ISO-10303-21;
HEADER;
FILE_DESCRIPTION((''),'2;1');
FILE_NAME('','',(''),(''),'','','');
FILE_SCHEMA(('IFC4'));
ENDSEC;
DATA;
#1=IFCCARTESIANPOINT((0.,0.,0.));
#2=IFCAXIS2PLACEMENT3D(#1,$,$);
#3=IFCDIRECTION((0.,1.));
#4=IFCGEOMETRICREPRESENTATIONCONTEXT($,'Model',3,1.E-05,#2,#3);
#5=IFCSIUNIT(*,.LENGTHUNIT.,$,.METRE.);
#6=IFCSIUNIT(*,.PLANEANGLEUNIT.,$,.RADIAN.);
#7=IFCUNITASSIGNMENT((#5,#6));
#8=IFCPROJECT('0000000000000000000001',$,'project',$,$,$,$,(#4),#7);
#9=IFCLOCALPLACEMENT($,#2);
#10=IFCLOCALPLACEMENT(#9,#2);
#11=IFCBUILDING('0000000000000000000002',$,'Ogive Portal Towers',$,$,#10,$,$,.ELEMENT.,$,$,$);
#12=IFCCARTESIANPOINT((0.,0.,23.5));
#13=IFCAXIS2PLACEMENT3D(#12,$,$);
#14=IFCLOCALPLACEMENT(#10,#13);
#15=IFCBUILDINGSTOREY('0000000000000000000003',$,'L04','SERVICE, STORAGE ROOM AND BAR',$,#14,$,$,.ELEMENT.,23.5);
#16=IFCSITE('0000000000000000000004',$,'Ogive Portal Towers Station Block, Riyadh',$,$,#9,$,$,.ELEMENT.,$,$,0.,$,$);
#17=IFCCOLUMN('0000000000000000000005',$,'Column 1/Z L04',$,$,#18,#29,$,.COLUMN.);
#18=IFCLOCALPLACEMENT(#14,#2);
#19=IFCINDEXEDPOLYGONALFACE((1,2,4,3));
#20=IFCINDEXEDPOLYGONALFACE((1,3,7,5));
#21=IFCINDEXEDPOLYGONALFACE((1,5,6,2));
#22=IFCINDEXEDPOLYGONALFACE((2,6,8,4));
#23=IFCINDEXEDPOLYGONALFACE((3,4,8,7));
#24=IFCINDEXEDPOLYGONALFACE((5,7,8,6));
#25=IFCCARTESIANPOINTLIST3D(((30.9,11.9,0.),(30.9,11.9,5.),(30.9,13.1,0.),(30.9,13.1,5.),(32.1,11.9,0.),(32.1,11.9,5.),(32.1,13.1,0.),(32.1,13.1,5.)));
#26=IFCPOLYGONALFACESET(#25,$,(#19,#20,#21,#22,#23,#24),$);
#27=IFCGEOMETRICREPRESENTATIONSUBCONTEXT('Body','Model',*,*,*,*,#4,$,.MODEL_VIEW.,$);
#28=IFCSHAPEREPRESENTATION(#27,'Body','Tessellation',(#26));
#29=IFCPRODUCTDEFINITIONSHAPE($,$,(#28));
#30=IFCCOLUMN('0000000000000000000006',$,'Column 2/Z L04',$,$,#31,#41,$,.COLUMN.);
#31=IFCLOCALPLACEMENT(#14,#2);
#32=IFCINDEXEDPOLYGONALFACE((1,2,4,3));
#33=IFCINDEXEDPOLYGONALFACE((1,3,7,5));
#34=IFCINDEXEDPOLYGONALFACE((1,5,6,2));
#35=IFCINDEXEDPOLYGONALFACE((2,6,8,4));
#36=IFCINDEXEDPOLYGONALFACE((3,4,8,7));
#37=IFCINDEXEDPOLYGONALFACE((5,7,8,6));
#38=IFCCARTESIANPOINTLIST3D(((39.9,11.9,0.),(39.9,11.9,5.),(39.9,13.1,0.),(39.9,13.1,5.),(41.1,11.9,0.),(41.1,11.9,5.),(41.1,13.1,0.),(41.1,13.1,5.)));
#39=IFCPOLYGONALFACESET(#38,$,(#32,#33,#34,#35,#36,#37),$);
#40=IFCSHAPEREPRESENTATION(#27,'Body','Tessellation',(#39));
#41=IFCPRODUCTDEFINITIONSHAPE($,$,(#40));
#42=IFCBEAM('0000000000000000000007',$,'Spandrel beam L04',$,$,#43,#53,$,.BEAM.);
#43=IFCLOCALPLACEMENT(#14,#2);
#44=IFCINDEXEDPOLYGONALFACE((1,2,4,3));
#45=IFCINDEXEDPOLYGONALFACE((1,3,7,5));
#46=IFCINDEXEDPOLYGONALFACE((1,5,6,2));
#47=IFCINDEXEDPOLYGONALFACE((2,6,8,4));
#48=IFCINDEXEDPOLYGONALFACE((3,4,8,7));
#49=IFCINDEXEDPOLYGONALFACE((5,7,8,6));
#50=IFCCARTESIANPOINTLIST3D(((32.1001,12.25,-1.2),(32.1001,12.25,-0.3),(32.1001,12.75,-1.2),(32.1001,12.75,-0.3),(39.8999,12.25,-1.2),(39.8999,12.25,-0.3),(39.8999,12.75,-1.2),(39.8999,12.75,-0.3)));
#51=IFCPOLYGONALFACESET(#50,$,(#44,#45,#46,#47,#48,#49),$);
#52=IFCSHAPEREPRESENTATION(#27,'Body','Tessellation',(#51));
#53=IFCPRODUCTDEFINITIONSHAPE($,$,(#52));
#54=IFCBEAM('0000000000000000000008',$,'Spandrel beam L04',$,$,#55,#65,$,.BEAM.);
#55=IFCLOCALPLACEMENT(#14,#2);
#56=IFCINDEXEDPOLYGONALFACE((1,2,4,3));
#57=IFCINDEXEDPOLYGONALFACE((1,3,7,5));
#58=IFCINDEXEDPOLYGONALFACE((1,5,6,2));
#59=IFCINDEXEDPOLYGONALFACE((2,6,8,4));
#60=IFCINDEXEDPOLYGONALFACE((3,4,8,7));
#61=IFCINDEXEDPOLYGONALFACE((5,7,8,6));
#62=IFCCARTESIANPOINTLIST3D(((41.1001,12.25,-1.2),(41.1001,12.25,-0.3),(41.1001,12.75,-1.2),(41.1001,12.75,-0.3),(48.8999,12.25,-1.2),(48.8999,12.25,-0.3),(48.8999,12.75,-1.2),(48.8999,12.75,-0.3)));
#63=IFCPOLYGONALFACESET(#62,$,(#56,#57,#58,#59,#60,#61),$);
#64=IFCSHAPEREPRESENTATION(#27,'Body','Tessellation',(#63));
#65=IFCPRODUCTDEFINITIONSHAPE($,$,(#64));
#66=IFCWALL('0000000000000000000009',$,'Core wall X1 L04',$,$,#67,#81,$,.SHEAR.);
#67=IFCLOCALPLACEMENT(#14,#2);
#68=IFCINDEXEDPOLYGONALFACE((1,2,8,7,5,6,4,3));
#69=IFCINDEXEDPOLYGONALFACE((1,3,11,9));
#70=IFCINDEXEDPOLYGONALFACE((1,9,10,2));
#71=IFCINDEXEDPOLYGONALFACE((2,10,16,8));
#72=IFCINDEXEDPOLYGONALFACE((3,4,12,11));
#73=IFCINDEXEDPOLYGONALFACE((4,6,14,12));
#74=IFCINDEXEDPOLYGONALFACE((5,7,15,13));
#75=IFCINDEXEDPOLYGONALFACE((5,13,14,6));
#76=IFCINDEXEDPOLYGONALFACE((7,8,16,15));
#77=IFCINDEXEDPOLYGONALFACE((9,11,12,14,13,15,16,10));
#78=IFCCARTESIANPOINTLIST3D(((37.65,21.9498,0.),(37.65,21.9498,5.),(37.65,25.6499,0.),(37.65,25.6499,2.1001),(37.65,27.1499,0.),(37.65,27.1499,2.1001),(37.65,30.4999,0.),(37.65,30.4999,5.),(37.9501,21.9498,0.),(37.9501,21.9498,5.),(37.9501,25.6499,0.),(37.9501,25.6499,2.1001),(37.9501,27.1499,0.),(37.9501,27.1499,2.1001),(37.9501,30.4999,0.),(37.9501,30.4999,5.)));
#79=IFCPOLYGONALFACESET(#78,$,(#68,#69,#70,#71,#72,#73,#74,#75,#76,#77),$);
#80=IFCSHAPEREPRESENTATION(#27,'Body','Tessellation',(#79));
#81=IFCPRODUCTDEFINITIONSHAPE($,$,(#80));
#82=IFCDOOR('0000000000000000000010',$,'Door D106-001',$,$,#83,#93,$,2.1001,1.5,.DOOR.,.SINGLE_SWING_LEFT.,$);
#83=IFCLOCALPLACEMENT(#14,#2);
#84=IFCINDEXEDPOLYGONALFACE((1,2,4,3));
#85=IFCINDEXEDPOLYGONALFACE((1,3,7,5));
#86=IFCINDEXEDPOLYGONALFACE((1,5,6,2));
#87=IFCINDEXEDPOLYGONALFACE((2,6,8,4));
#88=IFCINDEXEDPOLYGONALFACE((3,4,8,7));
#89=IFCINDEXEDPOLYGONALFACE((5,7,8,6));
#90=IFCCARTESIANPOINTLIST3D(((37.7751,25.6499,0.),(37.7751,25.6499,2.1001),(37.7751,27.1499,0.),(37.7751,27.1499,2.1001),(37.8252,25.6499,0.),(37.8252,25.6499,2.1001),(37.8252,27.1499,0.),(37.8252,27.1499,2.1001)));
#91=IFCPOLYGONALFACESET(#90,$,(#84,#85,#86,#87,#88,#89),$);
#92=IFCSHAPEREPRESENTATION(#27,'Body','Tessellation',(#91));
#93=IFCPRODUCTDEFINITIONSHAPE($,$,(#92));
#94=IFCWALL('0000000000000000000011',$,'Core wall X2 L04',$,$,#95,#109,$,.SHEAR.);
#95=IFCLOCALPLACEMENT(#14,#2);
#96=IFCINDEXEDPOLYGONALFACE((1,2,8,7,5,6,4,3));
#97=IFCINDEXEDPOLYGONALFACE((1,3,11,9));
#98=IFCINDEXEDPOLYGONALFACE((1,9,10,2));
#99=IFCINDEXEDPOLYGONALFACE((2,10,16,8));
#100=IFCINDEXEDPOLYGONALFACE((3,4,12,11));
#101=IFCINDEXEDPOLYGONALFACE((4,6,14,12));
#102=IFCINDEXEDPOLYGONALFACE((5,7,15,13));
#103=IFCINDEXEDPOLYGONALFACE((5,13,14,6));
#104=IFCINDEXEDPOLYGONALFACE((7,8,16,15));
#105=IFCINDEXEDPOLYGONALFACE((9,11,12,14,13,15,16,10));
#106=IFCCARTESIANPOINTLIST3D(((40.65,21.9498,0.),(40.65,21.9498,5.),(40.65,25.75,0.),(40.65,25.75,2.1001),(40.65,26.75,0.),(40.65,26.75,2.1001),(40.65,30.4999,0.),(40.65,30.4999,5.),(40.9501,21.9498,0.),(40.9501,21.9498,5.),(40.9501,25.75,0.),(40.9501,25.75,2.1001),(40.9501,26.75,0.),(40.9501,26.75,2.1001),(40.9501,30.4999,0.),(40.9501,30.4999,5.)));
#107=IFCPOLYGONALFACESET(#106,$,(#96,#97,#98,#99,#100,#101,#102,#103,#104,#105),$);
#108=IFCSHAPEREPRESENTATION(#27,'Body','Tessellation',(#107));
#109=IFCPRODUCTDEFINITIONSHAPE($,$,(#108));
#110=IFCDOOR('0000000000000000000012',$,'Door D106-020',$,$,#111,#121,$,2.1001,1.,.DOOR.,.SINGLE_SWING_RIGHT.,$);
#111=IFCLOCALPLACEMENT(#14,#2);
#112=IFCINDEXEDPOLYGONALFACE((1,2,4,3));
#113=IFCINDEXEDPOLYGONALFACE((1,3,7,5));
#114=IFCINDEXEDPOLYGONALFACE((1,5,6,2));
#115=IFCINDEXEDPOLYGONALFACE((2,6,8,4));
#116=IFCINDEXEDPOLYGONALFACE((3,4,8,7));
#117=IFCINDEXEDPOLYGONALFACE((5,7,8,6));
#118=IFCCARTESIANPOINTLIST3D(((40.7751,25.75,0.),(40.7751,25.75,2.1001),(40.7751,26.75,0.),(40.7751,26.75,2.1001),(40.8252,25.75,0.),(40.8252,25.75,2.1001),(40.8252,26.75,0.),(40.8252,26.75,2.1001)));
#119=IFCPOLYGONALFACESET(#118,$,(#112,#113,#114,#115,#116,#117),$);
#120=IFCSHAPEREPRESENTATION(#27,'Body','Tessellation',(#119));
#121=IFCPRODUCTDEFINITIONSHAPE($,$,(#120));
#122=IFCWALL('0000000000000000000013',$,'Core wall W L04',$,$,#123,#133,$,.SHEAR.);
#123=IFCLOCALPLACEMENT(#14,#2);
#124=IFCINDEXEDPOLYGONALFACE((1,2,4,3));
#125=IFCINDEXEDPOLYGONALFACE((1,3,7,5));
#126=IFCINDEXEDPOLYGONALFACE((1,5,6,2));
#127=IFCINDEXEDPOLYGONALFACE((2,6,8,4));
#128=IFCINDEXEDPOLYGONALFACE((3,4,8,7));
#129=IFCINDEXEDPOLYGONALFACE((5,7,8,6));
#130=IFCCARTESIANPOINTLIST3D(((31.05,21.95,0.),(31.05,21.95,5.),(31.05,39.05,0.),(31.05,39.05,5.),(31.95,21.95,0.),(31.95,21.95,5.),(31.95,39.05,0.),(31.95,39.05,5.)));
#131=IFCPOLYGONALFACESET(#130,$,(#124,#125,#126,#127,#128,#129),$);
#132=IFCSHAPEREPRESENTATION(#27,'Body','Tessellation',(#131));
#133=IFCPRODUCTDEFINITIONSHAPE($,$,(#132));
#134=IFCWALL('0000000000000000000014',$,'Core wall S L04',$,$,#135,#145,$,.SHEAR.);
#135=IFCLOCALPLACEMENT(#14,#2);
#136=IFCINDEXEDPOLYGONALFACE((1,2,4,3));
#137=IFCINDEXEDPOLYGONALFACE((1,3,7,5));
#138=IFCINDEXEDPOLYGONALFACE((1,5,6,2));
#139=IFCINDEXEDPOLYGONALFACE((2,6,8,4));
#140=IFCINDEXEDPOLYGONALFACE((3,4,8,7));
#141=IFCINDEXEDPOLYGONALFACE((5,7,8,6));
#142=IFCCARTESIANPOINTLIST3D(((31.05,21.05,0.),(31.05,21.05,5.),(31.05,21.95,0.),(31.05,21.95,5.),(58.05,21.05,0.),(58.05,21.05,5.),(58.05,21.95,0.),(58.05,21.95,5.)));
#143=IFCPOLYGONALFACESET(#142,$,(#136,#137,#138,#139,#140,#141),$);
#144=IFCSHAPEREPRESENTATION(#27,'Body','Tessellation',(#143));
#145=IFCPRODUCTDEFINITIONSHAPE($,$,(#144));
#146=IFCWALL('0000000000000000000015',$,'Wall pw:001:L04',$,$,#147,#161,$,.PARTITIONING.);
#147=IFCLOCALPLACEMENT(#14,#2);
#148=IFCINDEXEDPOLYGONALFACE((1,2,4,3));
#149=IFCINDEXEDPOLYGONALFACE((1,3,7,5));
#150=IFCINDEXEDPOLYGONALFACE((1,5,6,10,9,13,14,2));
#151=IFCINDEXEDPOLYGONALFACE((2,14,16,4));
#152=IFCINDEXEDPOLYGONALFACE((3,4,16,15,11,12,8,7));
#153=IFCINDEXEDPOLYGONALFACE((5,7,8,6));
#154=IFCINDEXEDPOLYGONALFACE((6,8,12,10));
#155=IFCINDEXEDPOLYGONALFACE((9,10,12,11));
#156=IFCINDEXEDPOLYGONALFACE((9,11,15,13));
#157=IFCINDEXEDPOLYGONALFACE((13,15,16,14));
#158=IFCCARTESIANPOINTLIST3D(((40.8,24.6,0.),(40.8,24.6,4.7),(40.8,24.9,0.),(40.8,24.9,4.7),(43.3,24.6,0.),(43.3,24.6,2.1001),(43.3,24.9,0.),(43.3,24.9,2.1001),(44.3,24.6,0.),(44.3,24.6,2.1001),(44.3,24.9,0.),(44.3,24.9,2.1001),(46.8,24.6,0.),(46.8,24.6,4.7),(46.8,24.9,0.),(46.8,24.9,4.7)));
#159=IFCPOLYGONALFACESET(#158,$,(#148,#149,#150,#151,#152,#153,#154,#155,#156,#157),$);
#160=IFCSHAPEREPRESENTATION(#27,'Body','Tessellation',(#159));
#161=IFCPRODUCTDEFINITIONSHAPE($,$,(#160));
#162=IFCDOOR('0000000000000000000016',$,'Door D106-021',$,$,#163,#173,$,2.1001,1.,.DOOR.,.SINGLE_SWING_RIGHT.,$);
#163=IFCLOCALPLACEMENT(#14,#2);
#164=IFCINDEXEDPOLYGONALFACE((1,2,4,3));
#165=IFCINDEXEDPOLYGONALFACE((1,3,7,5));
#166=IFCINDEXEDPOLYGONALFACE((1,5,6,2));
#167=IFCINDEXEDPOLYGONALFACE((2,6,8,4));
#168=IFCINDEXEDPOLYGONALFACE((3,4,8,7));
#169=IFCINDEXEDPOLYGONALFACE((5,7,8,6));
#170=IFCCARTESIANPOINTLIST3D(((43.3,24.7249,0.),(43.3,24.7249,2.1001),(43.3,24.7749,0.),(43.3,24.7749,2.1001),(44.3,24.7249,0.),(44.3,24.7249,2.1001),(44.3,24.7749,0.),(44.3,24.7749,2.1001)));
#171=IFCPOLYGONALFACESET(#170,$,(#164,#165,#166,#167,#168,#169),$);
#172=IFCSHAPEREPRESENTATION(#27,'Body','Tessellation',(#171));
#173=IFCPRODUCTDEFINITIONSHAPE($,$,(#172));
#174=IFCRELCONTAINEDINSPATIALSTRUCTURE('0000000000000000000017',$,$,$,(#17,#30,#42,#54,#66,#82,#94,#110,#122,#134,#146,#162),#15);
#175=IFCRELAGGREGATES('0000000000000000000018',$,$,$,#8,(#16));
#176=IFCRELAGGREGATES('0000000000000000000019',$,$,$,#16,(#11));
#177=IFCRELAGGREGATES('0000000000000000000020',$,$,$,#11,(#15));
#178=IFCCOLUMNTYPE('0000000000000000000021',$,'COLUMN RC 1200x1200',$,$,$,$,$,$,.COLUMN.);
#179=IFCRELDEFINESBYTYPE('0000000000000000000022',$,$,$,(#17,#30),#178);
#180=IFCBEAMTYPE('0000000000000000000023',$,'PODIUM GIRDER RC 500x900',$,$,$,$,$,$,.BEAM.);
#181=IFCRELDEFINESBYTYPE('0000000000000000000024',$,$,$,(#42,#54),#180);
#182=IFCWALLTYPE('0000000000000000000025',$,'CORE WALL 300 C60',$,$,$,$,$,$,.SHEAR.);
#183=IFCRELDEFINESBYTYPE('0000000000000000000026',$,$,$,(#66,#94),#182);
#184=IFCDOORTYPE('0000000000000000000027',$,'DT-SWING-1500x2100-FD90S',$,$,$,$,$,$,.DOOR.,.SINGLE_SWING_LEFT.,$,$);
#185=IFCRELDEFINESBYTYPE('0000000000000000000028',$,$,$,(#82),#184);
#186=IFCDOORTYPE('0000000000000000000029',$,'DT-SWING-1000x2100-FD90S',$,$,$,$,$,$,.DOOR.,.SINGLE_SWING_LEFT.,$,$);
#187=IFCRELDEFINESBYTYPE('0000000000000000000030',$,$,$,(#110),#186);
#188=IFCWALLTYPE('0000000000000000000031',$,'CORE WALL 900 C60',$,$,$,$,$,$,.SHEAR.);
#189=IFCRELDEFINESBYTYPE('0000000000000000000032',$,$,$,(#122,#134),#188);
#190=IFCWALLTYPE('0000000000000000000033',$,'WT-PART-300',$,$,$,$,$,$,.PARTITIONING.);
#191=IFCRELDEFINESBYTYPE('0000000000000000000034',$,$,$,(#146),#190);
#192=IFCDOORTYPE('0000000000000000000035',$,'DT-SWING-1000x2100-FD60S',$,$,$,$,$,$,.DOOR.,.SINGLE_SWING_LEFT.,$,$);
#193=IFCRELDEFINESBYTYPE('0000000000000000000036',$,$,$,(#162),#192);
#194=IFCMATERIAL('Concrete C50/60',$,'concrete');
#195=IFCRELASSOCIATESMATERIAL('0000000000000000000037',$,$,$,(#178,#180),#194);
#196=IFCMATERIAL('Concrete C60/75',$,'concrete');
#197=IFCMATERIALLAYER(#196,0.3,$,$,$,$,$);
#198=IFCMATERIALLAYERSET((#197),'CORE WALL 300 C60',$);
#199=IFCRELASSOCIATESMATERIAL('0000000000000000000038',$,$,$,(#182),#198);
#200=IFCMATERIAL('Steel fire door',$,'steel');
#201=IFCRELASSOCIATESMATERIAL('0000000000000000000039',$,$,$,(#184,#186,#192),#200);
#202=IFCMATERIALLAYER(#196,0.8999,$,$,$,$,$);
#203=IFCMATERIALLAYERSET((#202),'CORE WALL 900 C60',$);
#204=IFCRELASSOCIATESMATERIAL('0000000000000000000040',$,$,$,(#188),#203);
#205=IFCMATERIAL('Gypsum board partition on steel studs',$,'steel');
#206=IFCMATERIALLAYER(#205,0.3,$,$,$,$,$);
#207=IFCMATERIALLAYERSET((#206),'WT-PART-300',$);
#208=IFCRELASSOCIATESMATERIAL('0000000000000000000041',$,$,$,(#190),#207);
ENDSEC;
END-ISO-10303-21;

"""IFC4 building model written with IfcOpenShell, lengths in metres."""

from ifc_helpers import new_model, si_unit, direction, frame, frame_2d, origin, origin_2d, place, context, subcontext, project, spatial, rectangle, extrude, material, layer, layer_set, material_profile, profile_set, type_object, element, fill, save


model = new_model("IFC4")

# Units and contexts
model_context = context("Model", 3, precision=1e-05, world=origin(), true_north=direction((0.0, 1.0)))
body_context = subcontext(model_context, "Body", "Model", "MODEL_VIEW")
ifc_project = project(units=[si_unit("LENGTHUNIT", "METRE"), si_unit("PLANEANGLEUNIT", "RADIAN")], contexts=[model_context])

# Site, building, storey
site_placement = place(None, origin())
site = spatial("IfcSite", under=ifc_project, at=site_placement, Name="Ogive Portal Towers Station Block, Riyadh", CompositionType="ELEMENT", RefElevation=0.0)
building_placement = place(site_placement, origin())
building = spatial("IfcBuilding", under=site, at=building_placement, Name="Ogive Portal Towers", CompositionType="ELEMENT")
storey_placement = place(building_placement, frame((0.0, 0.0, 23.5)))
storey = spatial("IfcBuildingStorey", under=building, at=storey_placement, Name="L04", Description="SERVICE, STORAGE ROOM AND BAR", CompositionType="ELEMENT", Elevation=23.5)

# Columns
ifc_material_1 = material(Name="Concrete C50/60", Category="concrete")
ifc_material_profile_1 = material_profile(ifc_material_1, rectangle(XDim=1.2, YDim=1.2, at=origin_2d()), Name="RC 1200x1200")
ifc_profile_set_1 = profile_set([ifc_material_profile_1], Name="Concrete C50/60")
column_type = type_object("IfcColumnType", Name="COLUMN RC 1200x1200", PredefinedType="COLUMN", material=ifc_profile_set_1)
for number, where, z_axis, x_axis, name in (
    (1, (31.5, 12.5, 0.0), (0.0, 0.0, 1.0), (1.0, 0.0, 0.0), "Column 1/Z L04"),
    (2, (40.5, 12.5, 0.0), (0.0, 0.0, 1.0), (1.0, 0.0, 0.0), "Column 2/Z L04"),
):
    element("IfcColumn", number, at=place(storey_placement, frame(where, z_axis=z_axis, x_axis=x_axis)), inside=storey, type_object=column_type, Name=name, PredefinedType="COLUMN", context=body_context, shape_type="SweptSolid", body=[
        extrude(rectangle(XDim=1.2, YDim=1.2, at=origin_2d()), origin(), (0.0, 0.0, 1.0), 5.0),
    ])

# Beams
ifc_material_profile_2 = material_profile(ifc_material_1, rectangle(XDim=0.5, YDim=0.8999, at=origin_2d()), Name="RC 500x900")
ifc_profile_set_2 = profile_set([ifc_material_profile_2], Name="Concrete C50/60")
beam_type = type_object("IfcBeamType", Name="PODIUM GIRDER RC 500x900", PredefinedType="BEAM", material=ifc_profile_set_2)
for number, where, z_axis, x_axis, name in (
    (3, (32.1001, 12.5, -0.75), (1.0, 0.0, 0.0), (0.0, 1.0, 0.0), "Spandrel beam L04"),
    (4, (41.1001, 12.5, -0.75), (1.0, 0.0, 0.0), (0.0, 1.0, 0.0), "Spandrel beam L04"),
):
    element("IfcBeam", number, at=place(storey_placement, frame(where, z_axis=z_axis, x_axis=x_axis)), inside=storey, type_object=beam_type, Name=name, PredefinedType="BEAM", context=body_context, shape_type="SweptSolid", body=[
        extrude(rectangle(XDim=0.5, YDim=0.8999, at=origin_2d()), origin(), (0.0, 0.0, 1.0), 7.7998),
    ])

# Walls, openings, doors
ifc_material_2 = material(Name="Concrete C60/75", Category="concrete")
ifc_layer_1 = layer(ifc_material_2, 0.3)
ifc_layer_set_1 = layer_set([ifc_layer_1], Name="CORE WALL 300 C60")
wall_type_1 = type_object("IfcWallType", Name="CORE WALL 300 C60", PredefinedType="SHEAR", material=ifc_layer_set_1)
wall_1_placement = place(storey_placement, frame((37.8, 21.95, 0.0), z_axis=(0.0, 0.0, 1.0), x_axis=(0.0, 1.0, 0.0)))
wall_1 = element("IfcWall", 5, at=wall_1_placement, inside=storey, type_object=wall_type_1, Name="Core wall X1 L04", PredefinedType="SHEAR", context=body_context, shape_type="SweptSolid", body=[
    extrude(rectangle(XDim=8.55, YDim=0.3, at=frame_2d((4.2749, 0.0))), origin(), (0.0, 0.0, 1.0), 5.0),
])
opening_1_placement = place(wall_1_placement, frame((3.7, 0.0, 0.0)))
opening_1 = element("IfcOpeningElement", 6, at=opening_1_placement, cuts=wall_1, PredefinedType="OPENING", context=body_context, shape_type="SweptSolid", body=[
    extrude(rectangle(XDim=1.5, YDim=2.1001, at=frame_2d((0.75, 1.05))), frame((0.0, 0.1602, 0.0), z_axis=(0.0, -1.0, 0.0), x_axis=(1.0, 0.0, 0.0)), (0.0, 0.0, 1.0), 0.3201),
])
ifc_material_3 = material(Name="Steel fire door", Category="steel")
door_type_1 = type_object("IfcDoorType", Name="DT-SWING-1500x2100-FD90S", OperationType="SINGLE_SWING_LEFT", PredefinedType="DOOR", material=ifc_material_3)
door_1_placement = place(opening_1_placement, origin())
door_1 = element("IfcDoor", 7, at=door_1_placement, inside=storey, type_object=door_type_1, Name="Door D106-001", OperationType="SINGLE_SWING_LEFT", OverallHeight=2.1001, OverallWidth=1.5, PredefinedType="DOOR", context=body_context, shape_type="SweptSolid", body=[
    extrude(rectangle(XDim=1.5, YDim=2.1001, at=frame_2d((0.75, 1.05))), frame((0.0, 0.0249, 0.0), z_axis=(0.0, -1.0, 0.0), x_axis=(1.0, 0.0, 0.0)), (0.0, 0.0, 1.0), 0.05),
])
fill(opening_1, door_1)
wall_2_placement = place(storey_placement, frame((40.8, 21.95, 0.0), z_axis=(0.0, 0.0, 1.0), x_axis=(0.0, 1.0, 0.0)))
wall_2 = element("IfcWall", 8, at=wall_2_placement, inside=storey, type_object=wall_type_1, Name="Core wall X2 L04", PredefinedType="SHEAR", context=body_context, shape_type="SweptSolid", body=[
    extrude(rectangle(XDim=8.55, YDim=0.3, at=frame_2d((4.2749, 0.0))), origin(), (0.0, 0.0, 1.0), 5.0),
])
opening_2_placement = place(wall_2_placement, frame((3.8, 0.0, 0.0)))
opening_2 = element("IfcOpeningElement", 9, at=opening_2_placement, cuts=wall_2, PredefinedType="OPENING", context=body_context, shape_type="SweptSolid", body=[
    extrude(rectangle(XDim=1.0, YDim=2.1001, at=frame_2d((0.5, 1.05))), frame((0.0, 0.1602, 0.0), z_axis=(0.0, -1.0, 0.0), x_axis=(1.0, 0.0, 0.0)), (0.0, 0.0, 1.0), 0.3201),
])
door_type_2 = type_object("IfcDoorType", Name="DT-SWING-1000x2100-FD90S", OperationType="SINGLE_SWING_LEFT", PredefinedType="DOOR", material=ifc_material_3)
door_2_placement = place(opening_2_placement, origin())
door_2 = element("IfcDoor", 10, at=door_2_placement, inside=storey, type_object=door_type_2, Name="Door D106-020", OperationType="SINGLE_SWING_RIGHT", OverallHeight=2.1001, OverallWidth=1.0, PredefinedType="DOOR", context=body_context, shape_type="SweptSolid", body=[
    extrude(rectangle(XDim=1.0, YDim=2.1001, at=frame_2d((0.5, 1.05))), frame((0.0, 0.0249, 0.0), z_axis=(0.0, -1.0, 0.0), x_axis=(1.0, 0.0, 0.0)), (0.0, 0.0, 1.0), 0.05),
])
fill(opening_2, door_2)

# Walls
ifc_layer_2 = layer(ifc_material_2, 0.8999)
ifc_layer_set_2 = layer_set([ifc_layer_2], Name="CORE WALL 900 C60")
wall_type_2 = type_object("IfcWallType", Name="CORE WALL 900 C60", PredefinedType="SHEAR", material=ifc_layer_set_2)
wall_3_placement = place(storey_placement, frame((31.5, 21.95, 0.0), z_axis=(0.0, 0.0, 1.0), x_axis=(0.0, 1.0, 0.0)))
element("IfcWall", 11, at=wall_3_placement, inside=storey, type_object=wall_type_2, Name="Core wall W L04", PredefinedType="SHEAR", context=body_context, shape_type="SweptSolid", body=[
    extrude(rectangle(XDim=17.1001, YDim=0.8999, at=frame_2d((8.55, 0.0))), origin(), (0.0, 0.0, 1.0), 5.0),
])
wall_4_placement = place(storey_placement, frame((31.05, 21.5, 0.0), z_axis=(0.0, 0.0, 1.0), x_axis=(1.0, 0.0, 0.0)))
element("IfcWall", 12, at=wall_4_placement, inside=storey, type_object=wall_type_2, Name="Core wall S L04", PredefinedType="SHEAR", context=body_context, shape_type="SweptSolid", body=[
    extrude(rectangle(XDim=27.0, YDim=0.8999, at=frame_2d((13.5, 0.0))), origin(), (0.0, 0.0, 1.0), 5.0),
])

# Wall, opening, door
ifc_material_4 = material(Name="Gypsum board partition on steel studs", Category="steel")
ifc_layer_3 = layer(ifc_material_4, 0.3)
ifc_layer_set_3 = layer_set([ifc_layer_3], Name="WT-PART-300")
wall_type_3 = type_object("IfcWallType", Name="WT-PART-300", PredefinedType="PARTITIONING", material=ifc_layer_set_3)
wall_5_placement = place(storey_placement, frame((40.8, 24.75, 0.0), z_axis=(0.0, 0.0, 1.0), x_axis=(1.0, 0.0, 0.0)))
wall_5 = element("IfcWall", 13, at=wall_5_placement, inside=storey, type_object=wall_type_3, Name="Wall pw:001:L04", PredefinedType="PARTITIONING", context=body_context, shape_type="SweptSolid", body=[
    extrude(rectangle(XDim=6.0, YDim=0.3, at=frame_2d((3.0, 0.0))), origin(), (0.0, 0.0, 1.0), 4.7),
])
opening_3_placement = place(wall_5_placement, frame((2.5, 0.0, 0.0)))
opening_3 = element("IfcOpeningElement", 14, at=opening_3_placement, cuts=wall_5, PredefinedType="OPENING", context=body_context, shape_type="SweptSolid", body=[
    extrude(rectangle(XDim=1.0, YDim=2.1001, at=frame_2d((0.5, 1.05))), frame((0.0, 0.1602, 0.0), z_axis=(0.0, -1.0, 0.0), x_axis=(1.0, 0.0, 0.0)), (0.0, 0.0, 1.0), 0.3201),
])
door_type_3 = type_object("IfcDoorType", Name="DT-SWING-1000x2100-FD60S", OperationType="SINGLE_SWING_LEFT", PredefinedType="DOOR", material=ifc_material_3)
door_3_placement = place(opening_3_placement, origin())
door_3 = element("IfcDoor", 15, at=door_3_placement, inside=storey, type_object=door_type_3, Name="Door D106-021", OperationType="SINGLE_SWING_RIGHT", OverallHeight=2.1001, OverallWidth=1.0, PredefinedType="DOOR", context=body_context, shape_type="SweptSolid", body=[
    extrude(rectangle(XDim=1.0, YDim=2.1001, at=frame_2d((0.5, 1.05))), frame((0.0, 0.0249, 0.0), z_axis=(0.0, -1.0, 0.0), x_axis=(1.0, 0.0, 0.0)), (0.0, 0.0, 1.0), 0.05),
])
fill(opening_3, door_3)

save(model, "model.ifc")
